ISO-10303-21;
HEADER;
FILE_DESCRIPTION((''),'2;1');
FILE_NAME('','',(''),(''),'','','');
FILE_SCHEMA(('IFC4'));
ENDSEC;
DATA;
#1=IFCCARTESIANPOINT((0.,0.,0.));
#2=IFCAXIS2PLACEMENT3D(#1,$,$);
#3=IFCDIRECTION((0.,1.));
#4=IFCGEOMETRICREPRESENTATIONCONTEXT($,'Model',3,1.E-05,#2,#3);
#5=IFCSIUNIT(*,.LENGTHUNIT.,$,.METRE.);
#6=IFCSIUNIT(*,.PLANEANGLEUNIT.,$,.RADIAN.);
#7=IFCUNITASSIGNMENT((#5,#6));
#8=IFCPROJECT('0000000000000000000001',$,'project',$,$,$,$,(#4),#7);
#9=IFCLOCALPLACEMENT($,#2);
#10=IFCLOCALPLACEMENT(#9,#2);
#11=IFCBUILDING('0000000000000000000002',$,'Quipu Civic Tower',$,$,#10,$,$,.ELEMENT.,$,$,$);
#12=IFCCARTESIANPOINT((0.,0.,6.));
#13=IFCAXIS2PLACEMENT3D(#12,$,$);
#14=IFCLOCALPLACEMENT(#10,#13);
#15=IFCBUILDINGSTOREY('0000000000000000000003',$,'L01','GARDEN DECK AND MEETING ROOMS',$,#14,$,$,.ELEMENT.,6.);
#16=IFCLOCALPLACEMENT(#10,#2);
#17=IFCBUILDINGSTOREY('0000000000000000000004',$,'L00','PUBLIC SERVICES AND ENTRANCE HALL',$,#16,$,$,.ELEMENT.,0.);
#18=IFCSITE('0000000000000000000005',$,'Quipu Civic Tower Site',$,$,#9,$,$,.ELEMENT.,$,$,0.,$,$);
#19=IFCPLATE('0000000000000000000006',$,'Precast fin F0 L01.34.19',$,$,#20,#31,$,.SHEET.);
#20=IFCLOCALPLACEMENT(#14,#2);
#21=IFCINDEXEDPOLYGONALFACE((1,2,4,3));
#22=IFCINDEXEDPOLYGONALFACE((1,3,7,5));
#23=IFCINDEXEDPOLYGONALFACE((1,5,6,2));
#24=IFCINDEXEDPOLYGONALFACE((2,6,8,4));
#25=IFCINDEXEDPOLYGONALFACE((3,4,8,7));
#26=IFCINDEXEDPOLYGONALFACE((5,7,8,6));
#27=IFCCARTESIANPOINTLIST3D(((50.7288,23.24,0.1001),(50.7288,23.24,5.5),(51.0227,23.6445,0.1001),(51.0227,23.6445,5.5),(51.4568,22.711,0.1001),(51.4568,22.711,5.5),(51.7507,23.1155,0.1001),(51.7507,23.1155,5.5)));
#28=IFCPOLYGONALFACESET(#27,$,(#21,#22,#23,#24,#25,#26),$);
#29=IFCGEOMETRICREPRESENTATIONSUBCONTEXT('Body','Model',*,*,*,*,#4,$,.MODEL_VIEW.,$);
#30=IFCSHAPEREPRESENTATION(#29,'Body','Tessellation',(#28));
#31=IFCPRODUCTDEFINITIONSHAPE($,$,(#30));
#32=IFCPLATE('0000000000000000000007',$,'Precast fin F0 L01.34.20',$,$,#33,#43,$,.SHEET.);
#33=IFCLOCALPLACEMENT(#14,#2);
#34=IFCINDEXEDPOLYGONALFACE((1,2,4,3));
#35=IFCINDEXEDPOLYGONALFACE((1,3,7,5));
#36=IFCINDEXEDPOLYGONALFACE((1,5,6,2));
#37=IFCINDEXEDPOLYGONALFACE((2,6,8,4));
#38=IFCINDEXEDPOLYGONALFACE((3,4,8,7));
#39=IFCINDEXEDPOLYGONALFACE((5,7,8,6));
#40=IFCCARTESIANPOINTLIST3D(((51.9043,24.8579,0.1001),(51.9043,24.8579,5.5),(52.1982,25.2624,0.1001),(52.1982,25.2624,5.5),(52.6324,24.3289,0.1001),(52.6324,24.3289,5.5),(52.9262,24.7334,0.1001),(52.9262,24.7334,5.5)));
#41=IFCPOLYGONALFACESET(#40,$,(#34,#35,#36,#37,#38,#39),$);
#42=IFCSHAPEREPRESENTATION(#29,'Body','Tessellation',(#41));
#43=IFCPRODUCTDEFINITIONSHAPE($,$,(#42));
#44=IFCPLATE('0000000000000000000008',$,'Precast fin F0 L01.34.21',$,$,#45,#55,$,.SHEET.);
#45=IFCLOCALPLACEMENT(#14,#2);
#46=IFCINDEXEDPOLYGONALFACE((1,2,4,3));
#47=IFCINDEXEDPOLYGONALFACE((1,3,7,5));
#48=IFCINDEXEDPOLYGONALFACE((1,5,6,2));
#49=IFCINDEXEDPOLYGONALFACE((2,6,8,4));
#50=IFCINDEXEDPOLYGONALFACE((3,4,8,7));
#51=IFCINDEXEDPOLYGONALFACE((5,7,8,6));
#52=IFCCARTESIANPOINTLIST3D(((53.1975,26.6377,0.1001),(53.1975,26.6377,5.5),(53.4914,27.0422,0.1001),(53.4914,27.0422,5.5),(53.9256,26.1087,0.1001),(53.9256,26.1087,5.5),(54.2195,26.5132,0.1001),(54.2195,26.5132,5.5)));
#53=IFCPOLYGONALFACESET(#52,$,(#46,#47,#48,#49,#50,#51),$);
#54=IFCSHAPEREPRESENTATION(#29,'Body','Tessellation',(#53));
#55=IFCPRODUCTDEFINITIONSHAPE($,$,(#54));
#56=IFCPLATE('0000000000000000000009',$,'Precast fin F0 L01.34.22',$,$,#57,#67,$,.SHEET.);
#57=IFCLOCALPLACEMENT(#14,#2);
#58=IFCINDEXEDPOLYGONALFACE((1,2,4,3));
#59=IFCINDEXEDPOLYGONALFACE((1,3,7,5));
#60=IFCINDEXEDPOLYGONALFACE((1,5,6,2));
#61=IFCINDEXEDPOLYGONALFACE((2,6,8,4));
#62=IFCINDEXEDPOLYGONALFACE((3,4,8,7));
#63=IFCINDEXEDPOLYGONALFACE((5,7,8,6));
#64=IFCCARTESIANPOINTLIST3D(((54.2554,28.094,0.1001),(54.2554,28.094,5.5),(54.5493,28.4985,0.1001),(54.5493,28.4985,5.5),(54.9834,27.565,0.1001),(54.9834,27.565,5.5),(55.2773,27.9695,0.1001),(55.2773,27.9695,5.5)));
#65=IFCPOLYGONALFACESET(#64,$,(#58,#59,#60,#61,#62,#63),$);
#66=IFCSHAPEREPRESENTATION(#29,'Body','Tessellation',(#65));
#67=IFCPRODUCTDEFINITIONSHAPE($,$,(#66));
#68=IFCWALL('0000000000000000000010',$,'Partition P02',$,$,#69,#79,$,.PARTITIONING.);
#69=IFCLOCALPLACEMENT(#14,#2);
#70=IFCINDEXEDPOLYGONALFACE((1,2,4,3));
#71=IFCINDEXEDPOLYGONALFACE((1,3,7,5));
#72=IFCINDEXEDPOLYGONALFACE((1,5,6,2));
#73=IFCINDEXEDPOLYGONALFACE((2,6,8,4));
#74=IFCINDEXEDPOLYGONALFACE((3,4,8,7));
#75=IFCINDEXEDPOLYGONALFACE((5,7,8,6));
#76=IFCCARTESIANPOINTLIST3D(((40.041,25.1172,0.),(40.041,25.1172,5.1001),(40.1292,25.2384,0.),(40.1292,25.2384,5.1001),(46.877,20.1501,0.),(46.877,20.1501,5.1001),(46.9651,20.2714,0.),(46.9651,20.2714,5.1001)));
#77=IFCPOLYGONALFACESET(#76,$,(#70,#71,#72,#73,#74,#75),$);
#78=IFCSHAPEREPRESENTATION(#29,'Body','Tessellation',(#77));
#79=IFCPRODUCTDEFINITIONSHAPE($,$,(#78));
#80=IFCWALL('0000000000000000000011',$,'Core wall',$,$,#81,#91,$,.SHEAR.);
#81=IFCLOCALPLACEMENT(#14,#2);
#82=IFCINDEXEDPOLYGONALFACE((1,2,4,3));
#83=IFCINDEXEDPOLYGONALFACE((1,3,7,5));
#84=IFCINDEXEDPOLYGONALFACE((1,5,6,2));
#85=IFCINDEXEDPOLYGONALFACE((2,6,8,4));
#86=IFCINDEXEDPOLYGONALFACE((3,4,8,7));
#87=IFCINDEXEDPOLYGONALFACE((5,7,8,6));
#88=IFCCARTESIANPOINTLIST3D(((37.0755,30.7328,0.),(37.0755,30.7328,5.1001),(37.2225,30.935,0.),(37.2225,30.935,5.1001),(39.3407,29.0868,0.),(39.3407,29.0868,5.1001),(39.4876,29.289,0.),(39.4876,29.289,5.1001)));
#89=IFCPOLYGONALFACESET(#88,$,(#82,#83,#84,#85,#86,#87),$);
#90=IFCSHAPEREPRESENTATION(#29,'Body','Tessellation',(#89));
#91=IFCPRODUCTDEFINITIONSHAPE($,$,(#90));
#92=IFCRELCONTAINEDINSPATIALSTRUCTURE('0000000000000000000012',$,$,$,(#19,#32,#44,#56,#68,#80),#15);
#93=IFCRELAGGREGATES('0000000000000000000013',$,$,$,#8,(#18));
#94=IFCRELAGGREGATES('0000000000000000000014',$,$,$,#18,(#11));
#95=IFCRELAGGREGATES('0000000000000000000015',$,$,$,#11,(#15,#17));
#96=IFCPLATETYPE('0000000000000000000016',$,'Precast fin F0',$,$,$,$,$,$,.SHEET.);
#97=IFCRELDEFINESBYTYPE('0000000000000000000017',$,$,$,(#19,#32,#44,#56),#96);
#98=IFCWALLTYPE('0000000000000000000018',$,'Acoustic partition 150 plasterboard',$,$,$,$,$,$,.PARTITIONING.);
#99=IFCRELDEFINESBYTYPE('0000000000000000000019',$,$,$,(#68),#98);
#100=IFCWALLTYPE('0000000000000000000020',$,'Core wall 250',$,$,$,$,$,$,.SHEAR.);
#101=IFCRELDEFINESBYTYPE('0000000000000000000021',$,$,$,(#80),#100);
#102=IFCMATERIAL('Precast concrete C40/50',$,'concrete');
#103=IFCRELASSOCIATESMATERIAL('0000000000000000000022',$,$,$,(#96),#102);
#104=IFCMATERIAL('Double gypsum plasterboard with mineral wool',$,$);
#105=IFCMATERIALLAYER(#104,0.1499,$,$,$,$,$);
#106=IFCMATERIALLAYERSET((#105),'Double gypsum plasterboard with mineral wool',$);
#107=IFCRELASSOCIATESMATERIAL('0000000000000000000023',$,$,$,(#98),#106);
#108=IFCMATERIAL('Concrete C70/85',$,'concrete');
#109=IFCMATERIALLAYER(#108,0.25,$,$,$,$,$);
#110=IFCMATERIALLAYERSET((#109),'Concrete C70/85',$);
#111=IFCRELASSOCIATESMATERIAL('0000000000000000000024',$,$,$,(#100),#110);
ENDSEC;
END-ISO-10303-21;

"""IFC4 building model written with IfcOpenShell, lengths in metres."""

from ifc_helpers import new_model, si_unit, direction, frame, frame_2d, origin, origin_2d, place, context, subcontext, project, spatial, rectangle, extrude, material, layer, layer_set, type_object, element, save


model = new_model("IFC4")

# Units and contexts
model_context = context("Model", 3, precision=1e-05, world=origin(), true_north=direction((0.0, 1.0)))
body_context = subcontext(model_context, "Body", "Model", "MODEL_VIEW")
ifc_project = project(units=[si_unit("LENGTHUNIT", "METRE"), si_unit("PLANEANGLEUNIT", "RADIAN")], contexts=[model_context])

# Site, building, storey
site_placement = place(None, origin())
site = spatial("IfcSite", under=ifc_project, at=site_placement, Name="Quipu Civic Tower Site", CompositionType="ELEMENT", RefElevation=0.0)
building_placement = place(site_placement, origin())
building = spatial("IfcBuilding", under=site, at=building_placement, Name="Quipu Civic Tower", CompositionType="ELEMENT")
storey_1_placement = place(building_placement, frame((0.0, 0.0, 6.0)))
storey_1 = spatial("IfcBuildingStorey", under=building, at=storey_1_placement, Name="L01", Description="GARDEN DECK AND MEETING ROOMS", CompositionType="ELEMENT", Elevation=6.0)

# Shared definitions
storey_2_placement = place(building_placement, origin())
storey_2 = spatial("IfcBuildingStorey", under=building, at=storey_2_placement, Name="L00", Description="PUBLIC SERVICES AND ENTRANCE HALL", CompositionType="ELEMENT", Elevation=0.0)

# Plates
ifc_material_1 = material(Name="Precast concrete C40/50", Category="concrete")
plate_type_1 = type_object("IfcPlateType", Name="Precast fin F0", PredefinedType="SHEET", material=ifc_material_1)
for number, where, z_axis, x_axis, name in (
    (1, (51.2397, 23.1777, 0.1001), (0.0, 0.0, 1.0), (0.587786, 0.809017, 0.0), "Precast fin F0 L01.34.19"),
    (2, (52.4153, 24.7957, 0.1001), (0.0, 0.0, 1.0), (0.587786, 0.809017, 0.0), "Precast fin F0 L01.34.20"),
    (3, (53.7085, 26.5754, 0.1001), (0.0, 0.0, 1.0), (0.587786, 0.809017, 0.0), "Precast fin F0 L01.34.21"),
    (4, (54.7664, 28.0317, 0.1001), (0.0, 0.0, 1.0), (0.587786, 0.809017, 0.0), "Precast fin F0 L01.34.22"),
):
    element("IfcPlate", number, at=place(storey_1_placement, frame(where, z_axis=z_axis, x_axis=x_axis)), inside=storey_1, type_object=plate_type_1, Name=name, PredefinedType="SHEET", context=body_context, shape_type="SweptSolid", body=[
        extrude(rectangle(XDim=0.5, YDim=0.8999, at=origin_2d()), origin(), (0.0, 0.0, 1.0), 5.3999),
    ])

# Walls
ifc_material_2 = material(Name="Double gypsum plasterboard with mineral wool")
ifc_layer_1 = layer(ifc_material_2, 0.1499)
ifc_layer_set_1 = layer_set([ifc_layer_1], Name="Double gypsum plasterboard with mineral wool")
wall_type_1 = type_object("IfcWallType", Name="Acoustic partition 150 plasterboard", PredefinedType="PARTITIONING", material=ifc_layer_set_1)
wall_1_placement = place(storey_1_placement, frame((46.9211, 20.2107, 0.0), z_axis=(0.0, 0.0, 1.0), x_axis=(-0.808992, 0.587819, 0.0)))
element("IfcWall", 5, at=wall_1_placement, inside=storey_1, type_object=wall_type_1, Name="Partition P02", PredefinedType="PARTITIONING", context=body_context, shape_type="SweptSolid", body=[
    extrude(rectangle(XDim=8.45, YDim=0.1499, at=frame_2d((4.2251, 0.0))), origin(), (0.0, 0.0, 1.0), 5.1001),
])
ifc_material_3 = material(Name="Concrete C70/85", Category="concrete")
ifc_layer_2 = layer(ifc_material_3, 0.25)
ifc_layer_set_2 = layer_set([ifc_layer_2], Name="Concrete C70/85")
wall_type_2 = type_object("IfcWallType", Name="Core wall 250", PredefinedType="SHEAR", material=ifc_layer_set_2)
wall_2_placement = place(storey_1_placement, frame((39.4141, 29.188, 0.0), z_axis=(0.0, 0.0, 1.0), x_axis=(-0.80897, 0.58785, 0.0)))
element("IfcWall", 6, at=wall_2_placement, inside=storey_1, type_object=wall_type_2, Name="Core wall", PredefinedType="SHEAR", context=body_context, shape_type="SweptSolid", body=[
    extrude(rectangle(XDim=2.8, YDim=0.25, at=frame_2d((1.3999, 0.0))), origin(), (0.0, 0.0, 1.0), 5.1001),
])

save(model, "model.ifc")
